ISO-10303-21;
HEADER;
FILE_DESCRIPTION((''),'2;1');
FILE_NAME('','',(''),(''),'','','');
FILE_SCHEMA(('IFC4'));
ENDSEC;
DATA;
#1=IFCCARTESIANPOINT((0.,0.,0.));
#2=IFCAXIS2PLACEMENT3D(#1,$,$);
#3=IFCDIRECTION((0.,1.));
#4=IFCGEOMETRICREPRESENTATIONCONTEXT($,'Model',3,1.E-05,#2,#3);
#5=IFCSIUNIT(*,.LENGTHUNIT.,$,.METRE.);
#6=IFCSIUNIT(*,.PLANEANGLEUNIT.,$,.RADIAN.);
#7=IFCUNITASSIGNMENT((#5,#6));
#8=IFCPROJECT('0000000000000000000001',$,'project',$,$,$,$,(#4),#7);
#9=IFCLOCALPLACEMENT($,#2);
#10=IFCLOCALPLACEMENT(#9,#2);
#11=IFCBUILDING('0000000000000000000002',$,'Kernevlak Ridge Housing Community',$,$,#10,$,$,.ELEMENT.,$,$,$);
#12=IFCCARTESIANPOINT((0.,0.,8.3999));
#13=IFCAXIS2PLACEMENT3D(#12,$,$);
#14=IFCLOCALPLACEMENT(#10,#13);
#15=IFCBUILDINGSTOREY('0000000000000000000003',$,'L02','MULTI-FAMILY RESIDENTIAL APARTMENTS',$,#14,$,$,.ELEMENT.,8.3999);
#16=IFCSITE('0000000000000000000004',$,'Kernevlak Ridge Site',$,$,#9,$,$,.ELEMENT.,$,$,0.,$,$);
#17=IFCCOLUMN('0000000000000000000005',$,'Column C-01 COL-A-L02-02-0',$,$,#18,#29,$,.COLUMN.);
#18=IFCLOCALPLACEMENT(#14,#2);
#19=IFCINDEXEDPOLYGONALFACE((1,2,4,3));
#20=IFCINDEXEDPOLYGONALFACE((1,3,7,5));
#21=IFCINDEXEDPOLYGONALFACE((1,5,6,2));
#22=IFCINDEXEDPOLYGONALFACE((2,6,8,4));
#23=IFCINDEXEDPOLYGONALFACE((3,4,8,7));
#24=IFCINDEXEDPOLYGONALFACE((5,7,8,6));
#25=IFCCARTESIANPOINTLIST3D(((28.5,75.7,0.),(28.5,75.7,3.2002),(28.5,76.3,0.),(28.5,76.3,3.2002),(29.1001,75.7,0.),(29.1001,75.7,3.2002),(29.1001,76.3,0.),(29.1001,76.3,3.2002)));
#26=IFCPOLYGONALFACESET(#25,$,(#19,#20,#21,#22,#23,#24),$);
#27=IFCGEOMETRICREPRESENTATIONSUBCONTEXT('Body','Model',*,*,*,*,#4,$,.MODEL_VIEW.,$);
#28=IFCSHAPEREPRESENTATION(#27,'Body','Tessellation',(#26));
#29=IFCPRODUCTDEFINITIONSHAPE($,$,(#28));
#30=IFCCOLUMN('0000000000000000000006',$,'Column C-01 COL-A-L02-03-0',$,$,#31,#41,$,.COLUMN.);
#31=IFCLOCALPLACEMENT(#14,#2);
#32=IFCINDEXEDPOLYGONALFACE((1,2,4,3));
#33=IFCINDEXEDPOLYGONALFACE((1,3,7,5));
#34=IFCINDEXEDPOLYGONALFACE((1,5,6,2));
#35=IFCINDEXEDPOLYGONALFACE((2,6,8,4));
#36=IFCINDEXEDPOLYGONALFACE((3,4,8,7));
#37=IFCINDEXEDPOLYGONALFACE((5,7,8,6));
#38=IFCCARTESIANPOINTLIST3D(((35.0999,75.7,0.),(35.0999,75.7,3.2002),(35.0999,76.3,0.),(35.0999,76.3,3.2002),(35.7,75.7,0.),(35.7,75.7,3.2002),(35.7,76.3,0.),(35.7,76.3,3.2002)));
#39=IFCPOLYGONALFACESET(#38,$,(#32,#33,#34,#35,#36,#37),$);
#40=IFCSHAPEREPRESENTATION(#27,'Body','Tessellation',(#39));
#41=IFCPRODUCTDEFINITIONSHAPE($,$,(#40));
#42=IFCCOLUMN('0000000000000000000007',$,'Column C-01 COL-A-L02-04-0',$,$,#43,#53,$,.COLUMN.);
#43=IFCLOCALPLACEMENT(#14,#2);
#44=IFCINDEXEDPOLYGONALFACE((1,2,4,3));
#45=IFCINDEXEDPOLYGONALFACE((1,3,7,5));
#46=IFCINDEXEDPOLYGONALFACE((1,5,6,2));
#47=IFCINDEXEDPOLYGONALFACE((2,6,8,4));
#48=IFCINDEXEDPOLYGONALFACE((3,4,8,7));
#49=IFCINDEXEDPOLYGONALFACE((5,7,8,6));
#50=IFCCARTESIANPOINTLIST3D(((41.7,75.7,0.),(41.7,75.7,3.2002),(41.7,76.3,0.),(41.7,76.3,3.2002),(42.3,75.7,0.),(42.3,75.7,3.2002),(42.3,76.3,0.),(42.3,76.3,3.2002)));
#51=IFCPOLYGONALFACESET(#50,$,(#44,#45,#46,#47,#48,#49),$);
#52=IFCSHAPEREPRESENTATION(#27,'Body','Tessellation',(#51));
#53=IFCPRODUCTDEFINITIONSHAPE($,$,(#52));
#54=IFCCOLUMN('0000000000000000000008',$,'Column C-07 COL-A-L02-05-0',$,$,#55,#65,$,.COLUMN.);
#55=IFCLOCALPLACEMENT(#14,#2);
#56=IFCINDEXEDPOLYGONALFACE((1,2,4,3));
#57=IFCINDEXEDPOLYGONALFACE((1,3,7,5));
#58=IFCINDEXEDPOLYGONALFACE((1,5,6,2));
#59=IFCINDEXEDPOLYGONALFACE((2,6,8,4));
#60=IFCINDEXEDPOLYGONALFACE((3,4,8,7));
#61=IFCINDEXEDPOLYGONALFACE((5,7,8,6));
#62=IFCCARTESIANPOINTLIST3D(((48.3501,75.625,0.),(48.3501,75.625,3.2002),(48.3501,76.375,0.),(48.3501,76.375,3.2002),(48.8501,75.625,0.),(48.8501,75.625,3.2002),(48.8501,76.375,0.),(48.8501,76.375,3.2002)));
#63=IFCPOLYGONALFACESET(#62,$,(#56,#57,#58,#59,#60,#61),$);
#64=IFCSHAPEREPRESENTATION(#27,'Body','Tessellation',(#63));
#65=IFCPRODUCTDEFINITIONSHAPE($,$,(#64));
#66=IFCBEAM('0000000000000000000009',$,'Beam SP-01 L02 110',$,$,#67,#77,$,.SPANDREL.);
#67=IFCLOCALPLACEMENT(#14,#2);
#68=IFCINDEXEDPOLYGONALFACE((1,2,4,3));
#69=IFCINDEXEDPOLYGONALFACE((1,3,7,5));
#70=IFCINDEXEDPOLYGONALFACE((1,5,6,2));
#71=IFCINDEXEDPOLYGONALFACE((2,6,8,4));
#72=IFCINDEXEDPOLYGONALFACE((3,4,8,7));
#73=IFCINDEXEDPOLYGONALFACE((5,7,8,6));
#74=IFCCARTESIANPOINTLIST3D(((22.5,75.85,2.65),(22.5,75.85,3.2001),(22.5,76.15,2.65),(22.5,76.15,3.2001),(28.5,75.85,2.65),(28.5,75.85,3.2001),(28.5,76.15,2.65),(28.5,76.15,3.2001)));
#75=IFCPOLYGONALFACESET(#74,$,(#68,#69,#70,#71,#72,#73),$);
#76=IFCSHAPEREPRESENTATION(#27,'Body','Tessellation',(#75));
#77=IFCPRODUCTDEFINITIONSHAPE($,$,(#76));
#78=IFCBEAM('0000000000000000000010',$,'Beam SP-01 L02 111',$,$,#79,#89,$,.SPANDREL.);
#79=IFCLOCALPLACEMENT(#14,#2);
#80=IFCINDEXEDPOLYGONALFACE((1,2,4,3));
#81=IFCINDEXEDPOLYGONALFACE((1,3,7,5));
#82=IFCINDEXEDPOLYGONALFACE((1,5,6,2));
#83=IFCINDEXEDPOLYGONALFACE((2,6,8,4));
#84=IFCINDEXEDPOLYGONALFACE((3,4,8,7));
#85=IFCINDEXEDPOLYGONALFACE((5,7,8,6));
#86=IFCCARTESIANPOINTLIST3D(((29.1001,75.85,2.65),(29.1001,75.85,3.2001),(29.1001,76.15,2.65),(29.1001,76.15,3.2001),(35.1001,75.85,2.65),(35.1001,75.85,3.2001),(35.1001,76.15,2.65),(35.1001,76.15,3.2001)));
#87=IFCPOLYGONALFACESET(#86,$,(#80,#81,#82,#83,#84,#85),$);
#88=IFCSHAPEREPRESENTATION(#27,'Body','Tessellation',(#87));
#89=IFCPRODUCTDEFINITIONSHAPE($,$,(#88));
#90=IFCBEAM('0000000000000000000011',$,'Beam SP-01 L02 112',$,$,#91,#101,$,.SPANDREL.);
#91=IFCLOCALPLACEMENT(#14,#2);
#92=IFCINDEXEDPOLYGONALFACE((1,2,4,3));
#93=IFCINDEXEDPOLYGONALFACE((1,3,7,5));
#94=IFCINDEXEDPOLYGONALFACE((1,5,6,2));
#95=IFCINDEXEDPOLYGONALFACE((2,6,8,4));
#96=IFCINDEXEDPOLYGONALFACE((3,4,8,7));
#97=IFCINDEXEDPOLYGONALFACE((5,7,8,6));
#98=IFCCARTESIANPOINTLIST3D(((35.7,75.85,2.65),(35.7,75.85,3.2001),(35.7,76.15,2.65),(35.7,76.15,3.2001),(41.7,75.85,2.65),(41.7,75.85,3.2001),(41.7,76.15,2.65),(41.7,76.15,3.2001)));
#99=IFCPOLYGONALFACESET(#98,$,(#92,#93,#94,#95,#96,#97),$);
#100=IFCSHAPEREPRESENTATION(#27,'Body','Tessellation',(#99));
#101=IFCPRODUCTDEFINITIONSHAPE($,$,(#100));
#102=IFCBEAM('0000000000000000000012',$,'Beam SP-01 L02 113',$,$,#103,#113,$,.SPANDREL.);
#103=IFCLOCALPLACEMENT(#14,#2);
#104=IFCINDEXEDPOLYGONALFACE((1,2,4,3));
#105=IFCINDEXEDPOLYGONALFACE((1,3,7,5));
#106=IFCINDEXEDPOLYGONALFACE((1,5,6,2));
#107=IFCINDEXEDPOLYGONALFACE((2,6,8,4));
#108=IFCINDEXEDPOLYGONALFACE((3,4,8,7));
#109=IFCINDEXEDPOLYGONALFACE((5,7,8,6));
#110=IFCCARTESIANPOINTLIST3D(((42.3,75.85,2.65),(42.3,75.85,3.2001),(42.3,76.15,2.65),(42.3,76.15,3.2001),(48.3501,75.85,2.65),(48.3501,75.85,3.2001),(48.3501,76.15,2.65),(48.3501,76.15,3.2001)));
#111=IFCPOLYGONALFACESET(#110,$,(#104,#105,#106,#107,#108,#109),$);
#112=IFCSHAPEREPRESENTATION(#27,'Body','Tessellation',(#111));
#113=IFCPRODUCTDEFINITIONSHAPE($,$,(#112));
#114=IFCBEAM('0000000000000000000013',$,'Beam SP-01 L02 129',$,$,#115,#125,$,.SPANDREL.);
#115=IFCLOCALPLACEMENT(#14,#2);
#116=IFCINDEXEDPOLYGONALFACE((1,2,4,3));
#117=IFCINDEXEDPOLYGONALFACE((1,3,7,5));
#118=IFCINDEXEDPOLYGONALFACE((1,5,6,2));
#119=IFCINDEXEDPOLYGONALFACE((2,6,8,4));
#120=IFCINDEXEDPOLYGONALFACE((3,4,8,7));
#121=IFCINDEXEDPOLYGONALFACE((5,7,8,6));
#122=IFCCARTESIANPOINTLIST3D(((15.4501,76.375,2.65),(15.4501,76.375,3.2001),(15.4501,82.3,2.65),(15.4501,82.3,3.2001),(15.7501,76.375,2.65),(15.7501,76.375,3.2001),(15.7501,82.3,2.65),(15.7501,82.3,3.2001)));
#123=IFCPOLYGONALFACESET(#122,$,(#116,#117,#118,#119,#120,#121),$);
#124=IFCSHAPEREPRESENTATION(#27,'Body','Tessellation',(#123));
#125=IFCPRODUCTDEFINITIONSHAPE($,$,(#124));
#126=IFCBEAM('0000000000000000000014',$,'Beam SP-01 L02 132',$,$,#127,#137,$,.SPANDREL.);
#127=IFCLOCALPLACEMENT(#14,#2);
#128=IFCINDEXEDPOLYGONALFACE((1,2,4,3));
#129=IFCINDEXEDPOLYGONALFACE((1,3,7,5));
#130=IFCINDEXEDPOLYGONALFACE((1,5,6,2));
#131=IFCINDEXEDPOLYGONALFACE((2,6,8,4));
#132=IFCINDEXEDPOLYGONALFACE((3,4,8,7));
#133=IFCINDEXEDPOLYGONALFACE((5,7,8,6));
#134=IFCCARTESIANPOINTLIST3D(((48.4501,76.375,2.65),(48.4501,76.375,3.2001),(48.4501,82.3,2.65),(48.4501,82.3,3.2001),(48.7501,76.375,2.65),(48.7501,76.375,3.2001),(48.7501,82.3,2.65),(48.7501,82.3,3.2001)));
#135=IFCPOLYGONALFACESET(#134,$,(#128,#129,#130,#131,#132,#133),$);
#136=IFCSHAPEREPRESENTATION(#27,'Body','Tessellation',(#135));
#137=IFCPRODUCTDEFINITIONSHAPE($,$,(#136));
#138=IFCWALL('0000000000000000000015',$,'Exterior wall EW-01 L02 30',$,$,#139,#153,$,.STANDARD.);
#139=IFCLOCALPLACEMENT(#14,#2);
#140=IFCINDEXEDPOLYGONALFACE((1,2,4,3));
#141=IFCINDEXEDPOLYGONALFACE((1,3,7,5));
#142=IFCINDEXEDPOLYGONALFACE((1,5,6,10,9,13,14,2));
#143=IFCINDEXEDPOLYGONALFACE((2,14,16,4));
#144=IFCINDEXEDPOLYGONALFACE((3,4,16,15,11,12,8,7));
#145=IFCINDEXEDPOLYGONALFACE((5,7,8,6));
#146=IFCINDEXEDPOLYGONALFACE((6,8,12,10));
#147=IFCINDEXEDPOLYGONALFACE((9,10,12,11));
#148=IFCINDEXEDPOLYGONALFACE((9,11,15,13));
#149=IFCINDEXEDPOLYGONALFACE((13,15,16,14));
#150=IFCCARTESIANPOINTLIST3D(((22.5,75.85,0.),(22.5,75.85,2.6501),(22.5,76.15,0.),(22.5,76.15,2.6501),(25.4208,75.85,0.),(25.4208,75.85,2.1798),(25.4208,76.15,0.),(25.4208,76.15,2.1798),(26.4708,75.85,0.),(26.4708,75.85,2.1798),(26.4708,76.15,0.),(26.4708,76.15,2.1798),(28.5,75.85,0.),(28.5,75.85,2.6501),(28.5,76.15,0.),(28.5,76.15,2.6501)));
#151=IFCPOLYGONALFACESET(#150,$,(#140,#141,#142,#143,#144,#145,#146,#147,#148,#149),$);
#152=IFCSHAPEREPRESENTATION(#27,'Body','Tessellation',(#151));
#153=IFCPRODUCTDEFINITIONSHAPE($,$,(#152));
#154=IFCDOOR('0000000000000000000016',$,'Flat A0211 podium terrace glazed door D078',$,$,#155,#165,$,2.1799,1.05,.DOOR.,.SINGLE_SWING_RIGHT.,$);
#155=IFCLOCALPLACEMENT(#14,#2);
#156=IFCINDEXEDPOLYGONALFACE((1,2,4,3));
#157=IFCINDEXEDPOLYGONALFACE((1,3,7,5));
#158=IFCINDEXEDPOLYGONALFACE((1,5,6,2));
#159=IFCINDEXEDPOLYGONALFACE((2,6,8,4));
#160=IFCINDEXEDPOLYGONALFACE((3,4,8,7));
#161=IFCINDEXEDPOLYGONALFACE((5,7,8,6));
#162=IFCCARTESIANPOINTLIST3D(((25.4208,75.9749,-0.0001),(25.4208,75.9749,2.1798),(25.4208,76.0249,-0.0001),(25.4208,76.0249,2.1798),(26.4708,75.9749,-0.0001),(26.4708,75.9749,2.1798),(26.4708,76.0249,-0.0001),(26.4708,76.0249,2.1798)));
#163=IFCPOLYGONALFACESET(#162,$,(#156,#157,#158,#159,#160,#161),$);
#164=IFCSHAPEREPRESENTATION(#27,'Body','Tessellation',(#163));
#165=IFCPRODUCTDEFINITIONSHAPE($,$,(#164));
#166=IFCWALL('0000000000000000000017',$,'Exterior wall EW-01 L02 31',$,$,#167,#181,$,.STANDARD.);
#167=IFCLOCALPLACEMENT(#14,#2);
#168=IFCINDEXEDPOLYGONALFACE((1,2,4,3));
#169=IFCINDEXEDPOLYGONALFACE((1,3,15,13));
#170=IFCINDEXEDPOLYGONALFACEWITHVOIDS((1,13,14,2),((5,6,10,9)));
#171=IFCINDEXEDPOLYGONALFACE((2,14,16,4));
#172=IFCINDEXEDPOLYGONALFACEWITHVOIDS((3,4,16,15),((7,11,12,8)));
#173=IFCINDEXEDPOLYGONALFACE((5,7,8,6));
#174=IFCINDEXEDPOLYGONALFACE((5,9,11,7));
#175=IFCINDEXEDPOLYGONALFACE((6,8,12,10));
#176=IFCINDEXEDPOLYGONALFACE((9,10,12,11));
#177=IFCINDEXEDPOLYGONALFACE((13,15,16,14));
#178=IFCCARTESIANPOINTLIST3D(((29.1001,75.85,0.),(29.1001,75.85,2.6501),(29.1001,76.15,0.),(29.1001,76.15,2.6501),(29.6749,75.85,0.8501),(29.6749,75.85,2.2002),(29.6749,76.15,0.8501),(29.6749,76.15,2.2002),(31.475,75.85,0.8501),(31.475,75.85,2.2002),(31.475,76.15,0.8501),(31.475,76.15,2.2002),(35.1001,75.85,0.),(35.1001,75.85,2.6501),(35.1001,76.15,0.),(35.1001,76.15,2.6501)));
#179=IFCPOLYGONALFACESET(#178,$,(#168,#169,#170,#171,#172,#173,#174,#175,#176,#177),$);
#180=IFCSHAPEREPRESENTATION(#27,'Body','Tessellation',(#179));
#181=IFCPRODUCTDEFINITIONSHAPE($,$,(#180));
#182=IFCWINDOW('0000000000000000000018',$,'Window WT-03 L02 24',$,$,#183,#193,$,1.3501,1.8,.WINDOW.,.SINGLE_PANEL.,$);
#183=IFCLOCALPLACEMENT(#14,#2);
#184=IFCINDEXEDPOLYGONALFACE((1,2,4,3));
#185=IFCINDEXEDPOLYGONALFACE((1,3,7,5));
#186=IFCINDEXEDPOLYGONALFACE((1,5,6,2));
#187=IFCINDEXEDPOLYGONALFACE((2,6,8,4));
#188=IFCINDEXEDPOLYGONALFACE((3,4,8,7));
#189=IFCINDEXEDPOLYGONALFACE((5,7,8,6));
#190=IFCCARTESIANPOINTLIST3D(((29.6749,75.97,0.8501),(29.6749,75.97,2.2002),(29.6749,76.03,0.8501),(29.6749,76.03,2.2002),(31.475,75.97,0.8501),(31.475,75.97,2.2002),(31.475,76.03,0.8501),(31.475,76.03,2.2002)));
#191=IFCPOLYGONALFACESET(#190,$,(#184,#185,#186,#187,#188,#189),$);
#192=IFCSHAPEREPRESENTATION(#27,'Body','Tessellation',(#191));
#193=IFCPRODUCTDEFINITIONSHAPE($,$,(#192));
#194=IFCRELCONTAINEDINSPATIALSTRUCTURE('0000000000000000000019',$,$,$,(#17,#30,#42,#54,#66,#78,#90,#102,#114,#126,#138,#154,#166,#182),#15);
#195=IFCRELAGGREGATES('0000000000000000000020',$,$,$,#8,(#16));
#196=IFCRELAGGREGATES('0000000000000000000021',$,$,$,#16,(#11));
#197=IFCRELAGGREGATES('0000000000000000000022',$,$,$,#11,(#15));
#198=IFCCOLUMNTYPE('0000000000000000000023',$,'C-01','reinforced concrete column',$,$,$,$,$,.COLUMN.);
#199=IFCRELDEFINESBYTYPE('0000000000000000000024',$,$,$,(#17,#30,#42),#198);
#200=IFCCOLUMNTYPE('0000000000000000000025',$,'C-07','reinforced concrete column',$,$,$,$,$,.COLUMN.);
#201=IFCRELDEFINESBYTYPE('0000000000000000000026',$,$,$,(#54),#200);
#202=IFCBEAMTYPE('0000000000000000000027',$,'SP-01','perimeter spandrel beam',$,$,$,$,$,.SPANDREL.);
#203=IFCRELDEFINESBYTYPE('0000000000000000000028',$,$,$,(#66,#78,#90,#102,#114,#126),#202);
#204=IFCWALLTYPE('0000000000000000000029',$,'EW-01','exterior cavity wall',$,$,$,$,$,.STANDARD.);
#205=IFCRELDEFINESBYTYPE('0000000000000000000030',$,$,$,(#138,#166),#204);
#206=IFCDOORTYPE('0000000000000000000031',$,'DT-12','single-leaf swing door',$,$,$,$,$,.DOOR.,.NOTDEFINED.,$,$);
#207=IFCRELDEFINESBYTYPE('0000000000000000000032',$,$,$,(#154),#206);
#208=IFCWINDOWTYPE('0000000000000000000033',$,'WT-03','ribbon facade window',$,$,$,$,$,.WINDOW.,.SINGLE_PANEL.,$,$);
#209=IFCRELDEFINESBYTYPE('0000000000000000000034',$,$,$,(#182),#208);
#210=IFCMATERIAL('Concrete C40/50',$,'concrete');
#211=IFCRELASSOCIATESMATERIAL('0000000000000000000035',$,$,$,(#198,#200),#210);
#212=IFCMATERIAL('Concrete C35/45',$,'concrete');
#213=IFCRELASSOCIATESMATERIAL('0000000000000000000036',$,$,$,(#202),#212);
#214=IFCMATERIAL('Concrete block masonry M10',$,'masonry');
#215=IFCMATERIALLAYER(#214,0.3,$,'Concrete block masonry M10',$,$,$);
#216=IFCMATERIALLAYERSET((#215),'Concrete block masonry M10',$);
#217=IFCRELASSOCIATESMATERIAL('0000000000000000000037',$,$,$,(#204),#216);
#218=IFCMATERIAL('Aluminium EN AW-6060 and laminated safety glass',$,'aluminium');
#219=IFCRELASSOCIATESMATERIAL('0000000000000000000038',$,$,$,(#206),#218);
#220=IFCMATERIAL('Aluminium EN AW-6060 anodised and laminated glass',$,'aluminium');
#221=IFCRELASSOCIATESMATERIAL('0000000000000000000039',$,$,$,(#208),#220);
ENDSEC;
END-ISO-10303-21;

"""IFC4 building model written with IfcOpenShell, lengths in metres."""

from ifc_helpers import new_model, si_unit, direction, frame, frame_2d, origin, origin_2d, place, context, subcontext, project, spatial, rectangle, extrude, material, layer, layer_set, material_profile, profile_set, type_object, element, fill, save


model = new_model("IFC4")

# Units and contexts
model_context = context("Model", 3, precision=1e-05, world=origin(), true_north=direction((0.0, 1.0)))
body_context = subcontext(model_context, "Body", "Model", "MODEL_VIEW")
ifc_project = project(units=[si_unit("LENGTHUNIT", "METRE"), si_unit("PLANEANGLEUNIT", "RADIAN")], contexts=[model_context])

# Site, building, storey
site_placement = place(None, origin())
site = spatial("IfcSite", under=ifc_project, at=site_placement, Name="Kernevlak Ridge Site", CompositionType="ELEMENT", RefElevation=0.0)
building_placement = place(site_placement, origin())
building = spatial("IfcBuilding", under=site, at=building_placement, Name="Kernevlak Ridge Housing Community", CompositionType="ELEMENT")
storey_placement = place(building_placement, frame((0.0, 0.0, 8.3999)))
storey = spatial("IfcBuildingStorey", under=building, at=storey_placement, Name="L02", Description="MULTI-FAMILY RESIDENTIAL APARTMENTS", CompositionType="ELEMENT", Elevation=8.3999)

# Columns
ifc_material_1 = material(Name="Concrete C40/50", Category="concrete")
ifc_material_profile_1 = material_profile(ifc_material_1, rectangle(XDim=0.6001, YDim=0.6001, at=origin_2d()), Name="RC 600x600")
ifc_profile_set_1 = profile_set([ifc_material_profile_1], Name="Concrete C40/50")
column_type_1 = type_object("IfcColumnType", Name="C-01", Description="reinforced concrete column", PredefinedType="COLUMN", material=ifc_profile_set_1)
for number, where, z_axis, x_axis, name in (
    (1, (28.8, 76.0, 0.0), (0.0, 0.0, 1.0), (1.0, 0.0, 0.0), "Column C-01 COL-A-L02-02-0"),
    (2, (35.3999, 76.0, 0.0), (0.0, 0.0, 1.0), (1.0, 0.0, 0.0), "Column C-01 COL-A-L02-03-0"),
    (3, (42.0, 76.0, 0.0), (0.0, 0.0, 1.0), (1.0, 0.0, 0.0), "Column C-01 COL-A-L02-04-0"),
):
    element("IfcColumn", number, at=place(storey_placement, frame(where, z_axis=z_axis, x_axis=x_axis)), inside=storey, type_object=column_type_1, Name=name, PredefinedType="COLUMN", context=body_context, shape_type="SweptSolid", body=[
        extrude(rectangle(XDim=0.6001, YDim=0.6001, at=origin_2d()), origin(), (0.0, 0.0, 1.0), 3.2002),
    ])
ifc_material_profile_2 = material_profile(ifc_material_1, rectangle(XDim=0.5, YDim=0.75, at=origin_2d()), Name="RC 500x750")
ifc_profile_set_2 = profile_set([ifc_material_profile_2], Name="Concrete C40/50")
column_type_2 = type_object("IfcColumnType", Name="C-07", Description="reinforced concrete column", PredefinedType="COLUMN", material=ifc_profile_set_2)
column_placement = place(storey_placement, frame((48.6001, 76.0, 0.0), z_axis=(0.0, 0.0, 1.0), x_axis=(1.0, 0.0, 0.0)))
element("IfcColumn", 4, at=column_placement, inside=storey, type_object=column_type_2, Name="Column C-07 COL-A-L02-05-0", PredefinedType="COLUMN", context=body_context, shape_type="SweptSolid", body=[
    extrude(rectangle(XDim=0.5, YDim=0.75, at=origin_2d()), origin(), (0.0, 0.0, 1.0), 3.2002),
])

# Beams
ifc_material_2 = material(Name="Concrete C35/45", Category="concrete")
ifc_material_profile_3 = material_profile(ifc_material_2, rectangle(XDim=0.3, YDim=0.55, at=origin_2d()), Name="RC 300x550")
ifc_profile_set_3 = profile_set([ifc_material_profile_3], Name="Concrete C35/45")
beam_type = type_object("IfcBeamType", Name="SP-01", Description="perimeter spandrel beam", PredefinedType="SPANDREL", material=ifc_profile_set_3)
for number, where, z_axis, x_axis, name in (
    (5, (22.5, 76.0, 2.925), (1.0, 0.0, 0.0), (0.0, 1.0, 0.0), "Beam SP-01 L02 110"),
    (6, (29.1001, 76.0, 2.925), (1.0, 0.0, 0.0), (0.0, 1.0, 0.0), "Beam SP-01 L02 111"),
    (7, (35.7, 76.0, 2.925), (1.0, 0.0, 0.0), (0.0, 1.0, 0.0), "Beam SP-01 L02 112"),
):
    element("IfcBeam", number, at=place(storey_placement, frame(where, z_axis=z_axis, x_axis=x_axis)), inside=storey, type_object=beam_type, Name=name, PredefinedType="SPANDREL", context=body_context, shape_type="SweptSolid", body=[
        extrude(rectangle(XDim=0.3, YDim=0.55, at=origin_2d()), origin(), (0.0, 0.0, 1.0), 6.0),
    ])
beam_placement = place(storey_placement, frame((42.3, 76.0, 2.925), z_axis=(1.0, 0.0, 0.0), x_axis=(0.0, 1.0, 0.0)))
element("IfcBeam", 8, at=beam_placement, inside=storey, type_object=beam_type, Name="Beam SP-01 L02 113", PredefinedType="SPANDREL", context=body_context, shape_type="SweptSolid", body=[
    extrude(rectangle(XDim=0.3, YDim=0.55, at=origin_2d()), origin(), (0.0, 0.0, 1.0), 6.05),
])
for number, where, z_axis, x_axis, name in (
    (9, (15.6001, 76.375, 2.925), (0.0, 1.0, 0.0), (-1.0, 0.0, 0.0), "Beam SP-01 L02 129"),
    (10, (48.6001, 76.375, 2.925), (0.0, 1.0, 0.0), (-1.0, 0.0, 0.0), "Beam SP-01 L02 132"),
):
    element("IfcBeam", number, at=place(storey_placement, frame(where, z_axis=z_axis, x_axis=x_axis)), inside=storey, type_object=beam_type, Name=name, PredefinedType="SPANDREL", context=body_context, shape_type="SweptSolid", body=[
        extrude(rectangle(XDim=0.3, YDim=0.55, at=origin_2d()), origin(), (0.0, 0.0, 1.0), 5.925),
    ])

# Wall, opening, door
ifc_material_3 = material(Name="Concrete block masonry M10", Category="masonry")
ifc_layer_1 = layer(ifc_material_3, 0.3, Name="Concrete block masonry M10")
ifc_layer_set_1 = layer_set([ifc_layer_1], Name="Concrete block masonry M10")
wall_type_1 = type_object("IfcWallType", Name="EW-01", Description="exterior cavity wall", PredefinedType="STANDARD", material=ifc_layer_set_1)
wall_1_placement = place(storey_placement, frame((22.5, 76.0, 0.0), z_axis=(0.0, 0.0, 1.0), x_axis=(1.0, 0.0, 0.0)))
wall_1 = element("IfcWall", 11, at=wall_1_placement, inside=storey, type_object=wall_type_1, Name="Exterior wall EW-01 L02 30", PredefinedType="STANDARD", context=body_context, shape_type="SweptSolid", body=[
    extrude(rectangle(XDim=6.0, YDim=0.3, at=frame_2d((3.0, 0.0))), origin(), (0.0, 0.0, 1.0), 2.6501),
])
opening_1_placement = place(wall_1_placement, frame((2.9209, 0.0, 0.0)))
opening_1 = element("IfcOpeningElement", 12, at=opening_1_placement, cuts=wall_1, PredefinedType="OPENING", context=body_context, shape_type="SweptSolid", body=[
    extrude(rectangle(XDim=1.05, YDim=2.1799, at=frame_2d((0.5249, 1.0898))), frame((0.0, 0.1599, 0.0), z_axis=(0.0, -1.0, 0.0), x_axis=(1.0, 0.0, 0.0)), (0.0, 0.0, 1.0), 0.3201),
])
ifc_material_4 = material(Name="Aluminium EN AW-6060 and laminated safety glass", Category="aluminium")
door_type_1 = type_object("IfcDoorType", Name="DT-12", Description="single-leaf swing door", OperationType="NOTDEFINED", PredefinedType="DOOR", material=ifc_material_4)
door_1_placement = place(opening_1_placement, origin())
door_1 = element("IfcDoor", 13, at=door_1_placement, inside=storey, type_object=door_type_1, Name="Flat A0211 podium terrace glazed door D078", OperationType="SINGLE_SWING_RIGHT", OverallHeight=2.1799, OverallWidth=1.05, PredefinedType="DOOR", context=body_context, shape_type="SweptSolid", body=[
    extrude(rectangle(XDim=1.05, YDim=2.1799, at=frame_2d((0.5249, 1.0898))), frame((0.0, 0.0249, 0.0), z_axis=(0.0, -1.0, 0.0), x_axis=(1.0, 0.0, 0.0)), (0.0, 0.0, 1.0), 0.05),
])
fill(opening_1, door_1)

# Wall, opening, window
wall_2_placement = place(storey_placement, frame((29.1001, 76.0, 0.0), z_axis=(0.0, 0.0, 1.0), x_axis=(1.0, 0.0, 0.0)))
wall_2 = element("IfcWall", 14, at=wall_2_placement, inside=storey, type_object=wall_type_1, Name="Exterior wall EW-01 L02 31", PredefinedType="STANDARD", context=body_context, shape_type="SweptSolid", body=[
    extrude(rectangle(XDim=6.0, YDim=0.3, at=frame_2d((3.0, 0.0))), origin(), (0.0, 0.0, 1.0), 2.6501),
])
opening_2_placement = place(wall_2_placement, frame((0.575, 0.0, 0.8501)))
opening_2 = element("IfcOpeningElement", 15, at=opening_2_placement, cuts=wall_2, PredefinedType="OPENING", context=body_context, shape_type="SweptSolid", body=[
    extrude(rectangle(XDim=1.8, YDim=1.3501, at=frame_2d((0.8999, 0.675))), frame((0.0, 0.1599, 0.0), z_axis=(0.0, -1.0, 0.0), x_axis=(1.0, 0.0, 0.0)), (0.0, 0.0, 1.0), 0.3201),
])
ifc_material_5 = material(Name="Aluminium EN AW-6060 anodised and laminated glass", Category="aluminium")
window_type_1 = type_object("IfcWindowType", Name="WT-03", Description="ribbon facade window", PartitioningType="SINGLE_PANEL", PredefinedType="WINDOW", material=ifc_material_5)
window_1_placement = place(opening_2_placement, origin())
window_1 = element("IfcWindow", 16, at=window_1_placement, inside=storey, type_object=window_type_1, Name="Window WT-03 L02 24", OverallHeight=1.3501, OverallWidth=1.8, PartitioningType="SINGLE_PANEL", PredefinedType="WINDOW", context=body_context, shape_type="SweptSolid", body=[
    extrude(rectangle(XDim=1.8, YDim=1.3501, at=frame_2d((0.8999, 0.675))), frame((0.0, 0.03, 0.0), z_axis=(0.0, -1.0, 0.0), x_axis=(1.0, 0.0, 0.0)), (0.0, 0.0, 1.0), 0.0601),
])
fill(opening_2, window_1)

save(model, "model.ifc")
